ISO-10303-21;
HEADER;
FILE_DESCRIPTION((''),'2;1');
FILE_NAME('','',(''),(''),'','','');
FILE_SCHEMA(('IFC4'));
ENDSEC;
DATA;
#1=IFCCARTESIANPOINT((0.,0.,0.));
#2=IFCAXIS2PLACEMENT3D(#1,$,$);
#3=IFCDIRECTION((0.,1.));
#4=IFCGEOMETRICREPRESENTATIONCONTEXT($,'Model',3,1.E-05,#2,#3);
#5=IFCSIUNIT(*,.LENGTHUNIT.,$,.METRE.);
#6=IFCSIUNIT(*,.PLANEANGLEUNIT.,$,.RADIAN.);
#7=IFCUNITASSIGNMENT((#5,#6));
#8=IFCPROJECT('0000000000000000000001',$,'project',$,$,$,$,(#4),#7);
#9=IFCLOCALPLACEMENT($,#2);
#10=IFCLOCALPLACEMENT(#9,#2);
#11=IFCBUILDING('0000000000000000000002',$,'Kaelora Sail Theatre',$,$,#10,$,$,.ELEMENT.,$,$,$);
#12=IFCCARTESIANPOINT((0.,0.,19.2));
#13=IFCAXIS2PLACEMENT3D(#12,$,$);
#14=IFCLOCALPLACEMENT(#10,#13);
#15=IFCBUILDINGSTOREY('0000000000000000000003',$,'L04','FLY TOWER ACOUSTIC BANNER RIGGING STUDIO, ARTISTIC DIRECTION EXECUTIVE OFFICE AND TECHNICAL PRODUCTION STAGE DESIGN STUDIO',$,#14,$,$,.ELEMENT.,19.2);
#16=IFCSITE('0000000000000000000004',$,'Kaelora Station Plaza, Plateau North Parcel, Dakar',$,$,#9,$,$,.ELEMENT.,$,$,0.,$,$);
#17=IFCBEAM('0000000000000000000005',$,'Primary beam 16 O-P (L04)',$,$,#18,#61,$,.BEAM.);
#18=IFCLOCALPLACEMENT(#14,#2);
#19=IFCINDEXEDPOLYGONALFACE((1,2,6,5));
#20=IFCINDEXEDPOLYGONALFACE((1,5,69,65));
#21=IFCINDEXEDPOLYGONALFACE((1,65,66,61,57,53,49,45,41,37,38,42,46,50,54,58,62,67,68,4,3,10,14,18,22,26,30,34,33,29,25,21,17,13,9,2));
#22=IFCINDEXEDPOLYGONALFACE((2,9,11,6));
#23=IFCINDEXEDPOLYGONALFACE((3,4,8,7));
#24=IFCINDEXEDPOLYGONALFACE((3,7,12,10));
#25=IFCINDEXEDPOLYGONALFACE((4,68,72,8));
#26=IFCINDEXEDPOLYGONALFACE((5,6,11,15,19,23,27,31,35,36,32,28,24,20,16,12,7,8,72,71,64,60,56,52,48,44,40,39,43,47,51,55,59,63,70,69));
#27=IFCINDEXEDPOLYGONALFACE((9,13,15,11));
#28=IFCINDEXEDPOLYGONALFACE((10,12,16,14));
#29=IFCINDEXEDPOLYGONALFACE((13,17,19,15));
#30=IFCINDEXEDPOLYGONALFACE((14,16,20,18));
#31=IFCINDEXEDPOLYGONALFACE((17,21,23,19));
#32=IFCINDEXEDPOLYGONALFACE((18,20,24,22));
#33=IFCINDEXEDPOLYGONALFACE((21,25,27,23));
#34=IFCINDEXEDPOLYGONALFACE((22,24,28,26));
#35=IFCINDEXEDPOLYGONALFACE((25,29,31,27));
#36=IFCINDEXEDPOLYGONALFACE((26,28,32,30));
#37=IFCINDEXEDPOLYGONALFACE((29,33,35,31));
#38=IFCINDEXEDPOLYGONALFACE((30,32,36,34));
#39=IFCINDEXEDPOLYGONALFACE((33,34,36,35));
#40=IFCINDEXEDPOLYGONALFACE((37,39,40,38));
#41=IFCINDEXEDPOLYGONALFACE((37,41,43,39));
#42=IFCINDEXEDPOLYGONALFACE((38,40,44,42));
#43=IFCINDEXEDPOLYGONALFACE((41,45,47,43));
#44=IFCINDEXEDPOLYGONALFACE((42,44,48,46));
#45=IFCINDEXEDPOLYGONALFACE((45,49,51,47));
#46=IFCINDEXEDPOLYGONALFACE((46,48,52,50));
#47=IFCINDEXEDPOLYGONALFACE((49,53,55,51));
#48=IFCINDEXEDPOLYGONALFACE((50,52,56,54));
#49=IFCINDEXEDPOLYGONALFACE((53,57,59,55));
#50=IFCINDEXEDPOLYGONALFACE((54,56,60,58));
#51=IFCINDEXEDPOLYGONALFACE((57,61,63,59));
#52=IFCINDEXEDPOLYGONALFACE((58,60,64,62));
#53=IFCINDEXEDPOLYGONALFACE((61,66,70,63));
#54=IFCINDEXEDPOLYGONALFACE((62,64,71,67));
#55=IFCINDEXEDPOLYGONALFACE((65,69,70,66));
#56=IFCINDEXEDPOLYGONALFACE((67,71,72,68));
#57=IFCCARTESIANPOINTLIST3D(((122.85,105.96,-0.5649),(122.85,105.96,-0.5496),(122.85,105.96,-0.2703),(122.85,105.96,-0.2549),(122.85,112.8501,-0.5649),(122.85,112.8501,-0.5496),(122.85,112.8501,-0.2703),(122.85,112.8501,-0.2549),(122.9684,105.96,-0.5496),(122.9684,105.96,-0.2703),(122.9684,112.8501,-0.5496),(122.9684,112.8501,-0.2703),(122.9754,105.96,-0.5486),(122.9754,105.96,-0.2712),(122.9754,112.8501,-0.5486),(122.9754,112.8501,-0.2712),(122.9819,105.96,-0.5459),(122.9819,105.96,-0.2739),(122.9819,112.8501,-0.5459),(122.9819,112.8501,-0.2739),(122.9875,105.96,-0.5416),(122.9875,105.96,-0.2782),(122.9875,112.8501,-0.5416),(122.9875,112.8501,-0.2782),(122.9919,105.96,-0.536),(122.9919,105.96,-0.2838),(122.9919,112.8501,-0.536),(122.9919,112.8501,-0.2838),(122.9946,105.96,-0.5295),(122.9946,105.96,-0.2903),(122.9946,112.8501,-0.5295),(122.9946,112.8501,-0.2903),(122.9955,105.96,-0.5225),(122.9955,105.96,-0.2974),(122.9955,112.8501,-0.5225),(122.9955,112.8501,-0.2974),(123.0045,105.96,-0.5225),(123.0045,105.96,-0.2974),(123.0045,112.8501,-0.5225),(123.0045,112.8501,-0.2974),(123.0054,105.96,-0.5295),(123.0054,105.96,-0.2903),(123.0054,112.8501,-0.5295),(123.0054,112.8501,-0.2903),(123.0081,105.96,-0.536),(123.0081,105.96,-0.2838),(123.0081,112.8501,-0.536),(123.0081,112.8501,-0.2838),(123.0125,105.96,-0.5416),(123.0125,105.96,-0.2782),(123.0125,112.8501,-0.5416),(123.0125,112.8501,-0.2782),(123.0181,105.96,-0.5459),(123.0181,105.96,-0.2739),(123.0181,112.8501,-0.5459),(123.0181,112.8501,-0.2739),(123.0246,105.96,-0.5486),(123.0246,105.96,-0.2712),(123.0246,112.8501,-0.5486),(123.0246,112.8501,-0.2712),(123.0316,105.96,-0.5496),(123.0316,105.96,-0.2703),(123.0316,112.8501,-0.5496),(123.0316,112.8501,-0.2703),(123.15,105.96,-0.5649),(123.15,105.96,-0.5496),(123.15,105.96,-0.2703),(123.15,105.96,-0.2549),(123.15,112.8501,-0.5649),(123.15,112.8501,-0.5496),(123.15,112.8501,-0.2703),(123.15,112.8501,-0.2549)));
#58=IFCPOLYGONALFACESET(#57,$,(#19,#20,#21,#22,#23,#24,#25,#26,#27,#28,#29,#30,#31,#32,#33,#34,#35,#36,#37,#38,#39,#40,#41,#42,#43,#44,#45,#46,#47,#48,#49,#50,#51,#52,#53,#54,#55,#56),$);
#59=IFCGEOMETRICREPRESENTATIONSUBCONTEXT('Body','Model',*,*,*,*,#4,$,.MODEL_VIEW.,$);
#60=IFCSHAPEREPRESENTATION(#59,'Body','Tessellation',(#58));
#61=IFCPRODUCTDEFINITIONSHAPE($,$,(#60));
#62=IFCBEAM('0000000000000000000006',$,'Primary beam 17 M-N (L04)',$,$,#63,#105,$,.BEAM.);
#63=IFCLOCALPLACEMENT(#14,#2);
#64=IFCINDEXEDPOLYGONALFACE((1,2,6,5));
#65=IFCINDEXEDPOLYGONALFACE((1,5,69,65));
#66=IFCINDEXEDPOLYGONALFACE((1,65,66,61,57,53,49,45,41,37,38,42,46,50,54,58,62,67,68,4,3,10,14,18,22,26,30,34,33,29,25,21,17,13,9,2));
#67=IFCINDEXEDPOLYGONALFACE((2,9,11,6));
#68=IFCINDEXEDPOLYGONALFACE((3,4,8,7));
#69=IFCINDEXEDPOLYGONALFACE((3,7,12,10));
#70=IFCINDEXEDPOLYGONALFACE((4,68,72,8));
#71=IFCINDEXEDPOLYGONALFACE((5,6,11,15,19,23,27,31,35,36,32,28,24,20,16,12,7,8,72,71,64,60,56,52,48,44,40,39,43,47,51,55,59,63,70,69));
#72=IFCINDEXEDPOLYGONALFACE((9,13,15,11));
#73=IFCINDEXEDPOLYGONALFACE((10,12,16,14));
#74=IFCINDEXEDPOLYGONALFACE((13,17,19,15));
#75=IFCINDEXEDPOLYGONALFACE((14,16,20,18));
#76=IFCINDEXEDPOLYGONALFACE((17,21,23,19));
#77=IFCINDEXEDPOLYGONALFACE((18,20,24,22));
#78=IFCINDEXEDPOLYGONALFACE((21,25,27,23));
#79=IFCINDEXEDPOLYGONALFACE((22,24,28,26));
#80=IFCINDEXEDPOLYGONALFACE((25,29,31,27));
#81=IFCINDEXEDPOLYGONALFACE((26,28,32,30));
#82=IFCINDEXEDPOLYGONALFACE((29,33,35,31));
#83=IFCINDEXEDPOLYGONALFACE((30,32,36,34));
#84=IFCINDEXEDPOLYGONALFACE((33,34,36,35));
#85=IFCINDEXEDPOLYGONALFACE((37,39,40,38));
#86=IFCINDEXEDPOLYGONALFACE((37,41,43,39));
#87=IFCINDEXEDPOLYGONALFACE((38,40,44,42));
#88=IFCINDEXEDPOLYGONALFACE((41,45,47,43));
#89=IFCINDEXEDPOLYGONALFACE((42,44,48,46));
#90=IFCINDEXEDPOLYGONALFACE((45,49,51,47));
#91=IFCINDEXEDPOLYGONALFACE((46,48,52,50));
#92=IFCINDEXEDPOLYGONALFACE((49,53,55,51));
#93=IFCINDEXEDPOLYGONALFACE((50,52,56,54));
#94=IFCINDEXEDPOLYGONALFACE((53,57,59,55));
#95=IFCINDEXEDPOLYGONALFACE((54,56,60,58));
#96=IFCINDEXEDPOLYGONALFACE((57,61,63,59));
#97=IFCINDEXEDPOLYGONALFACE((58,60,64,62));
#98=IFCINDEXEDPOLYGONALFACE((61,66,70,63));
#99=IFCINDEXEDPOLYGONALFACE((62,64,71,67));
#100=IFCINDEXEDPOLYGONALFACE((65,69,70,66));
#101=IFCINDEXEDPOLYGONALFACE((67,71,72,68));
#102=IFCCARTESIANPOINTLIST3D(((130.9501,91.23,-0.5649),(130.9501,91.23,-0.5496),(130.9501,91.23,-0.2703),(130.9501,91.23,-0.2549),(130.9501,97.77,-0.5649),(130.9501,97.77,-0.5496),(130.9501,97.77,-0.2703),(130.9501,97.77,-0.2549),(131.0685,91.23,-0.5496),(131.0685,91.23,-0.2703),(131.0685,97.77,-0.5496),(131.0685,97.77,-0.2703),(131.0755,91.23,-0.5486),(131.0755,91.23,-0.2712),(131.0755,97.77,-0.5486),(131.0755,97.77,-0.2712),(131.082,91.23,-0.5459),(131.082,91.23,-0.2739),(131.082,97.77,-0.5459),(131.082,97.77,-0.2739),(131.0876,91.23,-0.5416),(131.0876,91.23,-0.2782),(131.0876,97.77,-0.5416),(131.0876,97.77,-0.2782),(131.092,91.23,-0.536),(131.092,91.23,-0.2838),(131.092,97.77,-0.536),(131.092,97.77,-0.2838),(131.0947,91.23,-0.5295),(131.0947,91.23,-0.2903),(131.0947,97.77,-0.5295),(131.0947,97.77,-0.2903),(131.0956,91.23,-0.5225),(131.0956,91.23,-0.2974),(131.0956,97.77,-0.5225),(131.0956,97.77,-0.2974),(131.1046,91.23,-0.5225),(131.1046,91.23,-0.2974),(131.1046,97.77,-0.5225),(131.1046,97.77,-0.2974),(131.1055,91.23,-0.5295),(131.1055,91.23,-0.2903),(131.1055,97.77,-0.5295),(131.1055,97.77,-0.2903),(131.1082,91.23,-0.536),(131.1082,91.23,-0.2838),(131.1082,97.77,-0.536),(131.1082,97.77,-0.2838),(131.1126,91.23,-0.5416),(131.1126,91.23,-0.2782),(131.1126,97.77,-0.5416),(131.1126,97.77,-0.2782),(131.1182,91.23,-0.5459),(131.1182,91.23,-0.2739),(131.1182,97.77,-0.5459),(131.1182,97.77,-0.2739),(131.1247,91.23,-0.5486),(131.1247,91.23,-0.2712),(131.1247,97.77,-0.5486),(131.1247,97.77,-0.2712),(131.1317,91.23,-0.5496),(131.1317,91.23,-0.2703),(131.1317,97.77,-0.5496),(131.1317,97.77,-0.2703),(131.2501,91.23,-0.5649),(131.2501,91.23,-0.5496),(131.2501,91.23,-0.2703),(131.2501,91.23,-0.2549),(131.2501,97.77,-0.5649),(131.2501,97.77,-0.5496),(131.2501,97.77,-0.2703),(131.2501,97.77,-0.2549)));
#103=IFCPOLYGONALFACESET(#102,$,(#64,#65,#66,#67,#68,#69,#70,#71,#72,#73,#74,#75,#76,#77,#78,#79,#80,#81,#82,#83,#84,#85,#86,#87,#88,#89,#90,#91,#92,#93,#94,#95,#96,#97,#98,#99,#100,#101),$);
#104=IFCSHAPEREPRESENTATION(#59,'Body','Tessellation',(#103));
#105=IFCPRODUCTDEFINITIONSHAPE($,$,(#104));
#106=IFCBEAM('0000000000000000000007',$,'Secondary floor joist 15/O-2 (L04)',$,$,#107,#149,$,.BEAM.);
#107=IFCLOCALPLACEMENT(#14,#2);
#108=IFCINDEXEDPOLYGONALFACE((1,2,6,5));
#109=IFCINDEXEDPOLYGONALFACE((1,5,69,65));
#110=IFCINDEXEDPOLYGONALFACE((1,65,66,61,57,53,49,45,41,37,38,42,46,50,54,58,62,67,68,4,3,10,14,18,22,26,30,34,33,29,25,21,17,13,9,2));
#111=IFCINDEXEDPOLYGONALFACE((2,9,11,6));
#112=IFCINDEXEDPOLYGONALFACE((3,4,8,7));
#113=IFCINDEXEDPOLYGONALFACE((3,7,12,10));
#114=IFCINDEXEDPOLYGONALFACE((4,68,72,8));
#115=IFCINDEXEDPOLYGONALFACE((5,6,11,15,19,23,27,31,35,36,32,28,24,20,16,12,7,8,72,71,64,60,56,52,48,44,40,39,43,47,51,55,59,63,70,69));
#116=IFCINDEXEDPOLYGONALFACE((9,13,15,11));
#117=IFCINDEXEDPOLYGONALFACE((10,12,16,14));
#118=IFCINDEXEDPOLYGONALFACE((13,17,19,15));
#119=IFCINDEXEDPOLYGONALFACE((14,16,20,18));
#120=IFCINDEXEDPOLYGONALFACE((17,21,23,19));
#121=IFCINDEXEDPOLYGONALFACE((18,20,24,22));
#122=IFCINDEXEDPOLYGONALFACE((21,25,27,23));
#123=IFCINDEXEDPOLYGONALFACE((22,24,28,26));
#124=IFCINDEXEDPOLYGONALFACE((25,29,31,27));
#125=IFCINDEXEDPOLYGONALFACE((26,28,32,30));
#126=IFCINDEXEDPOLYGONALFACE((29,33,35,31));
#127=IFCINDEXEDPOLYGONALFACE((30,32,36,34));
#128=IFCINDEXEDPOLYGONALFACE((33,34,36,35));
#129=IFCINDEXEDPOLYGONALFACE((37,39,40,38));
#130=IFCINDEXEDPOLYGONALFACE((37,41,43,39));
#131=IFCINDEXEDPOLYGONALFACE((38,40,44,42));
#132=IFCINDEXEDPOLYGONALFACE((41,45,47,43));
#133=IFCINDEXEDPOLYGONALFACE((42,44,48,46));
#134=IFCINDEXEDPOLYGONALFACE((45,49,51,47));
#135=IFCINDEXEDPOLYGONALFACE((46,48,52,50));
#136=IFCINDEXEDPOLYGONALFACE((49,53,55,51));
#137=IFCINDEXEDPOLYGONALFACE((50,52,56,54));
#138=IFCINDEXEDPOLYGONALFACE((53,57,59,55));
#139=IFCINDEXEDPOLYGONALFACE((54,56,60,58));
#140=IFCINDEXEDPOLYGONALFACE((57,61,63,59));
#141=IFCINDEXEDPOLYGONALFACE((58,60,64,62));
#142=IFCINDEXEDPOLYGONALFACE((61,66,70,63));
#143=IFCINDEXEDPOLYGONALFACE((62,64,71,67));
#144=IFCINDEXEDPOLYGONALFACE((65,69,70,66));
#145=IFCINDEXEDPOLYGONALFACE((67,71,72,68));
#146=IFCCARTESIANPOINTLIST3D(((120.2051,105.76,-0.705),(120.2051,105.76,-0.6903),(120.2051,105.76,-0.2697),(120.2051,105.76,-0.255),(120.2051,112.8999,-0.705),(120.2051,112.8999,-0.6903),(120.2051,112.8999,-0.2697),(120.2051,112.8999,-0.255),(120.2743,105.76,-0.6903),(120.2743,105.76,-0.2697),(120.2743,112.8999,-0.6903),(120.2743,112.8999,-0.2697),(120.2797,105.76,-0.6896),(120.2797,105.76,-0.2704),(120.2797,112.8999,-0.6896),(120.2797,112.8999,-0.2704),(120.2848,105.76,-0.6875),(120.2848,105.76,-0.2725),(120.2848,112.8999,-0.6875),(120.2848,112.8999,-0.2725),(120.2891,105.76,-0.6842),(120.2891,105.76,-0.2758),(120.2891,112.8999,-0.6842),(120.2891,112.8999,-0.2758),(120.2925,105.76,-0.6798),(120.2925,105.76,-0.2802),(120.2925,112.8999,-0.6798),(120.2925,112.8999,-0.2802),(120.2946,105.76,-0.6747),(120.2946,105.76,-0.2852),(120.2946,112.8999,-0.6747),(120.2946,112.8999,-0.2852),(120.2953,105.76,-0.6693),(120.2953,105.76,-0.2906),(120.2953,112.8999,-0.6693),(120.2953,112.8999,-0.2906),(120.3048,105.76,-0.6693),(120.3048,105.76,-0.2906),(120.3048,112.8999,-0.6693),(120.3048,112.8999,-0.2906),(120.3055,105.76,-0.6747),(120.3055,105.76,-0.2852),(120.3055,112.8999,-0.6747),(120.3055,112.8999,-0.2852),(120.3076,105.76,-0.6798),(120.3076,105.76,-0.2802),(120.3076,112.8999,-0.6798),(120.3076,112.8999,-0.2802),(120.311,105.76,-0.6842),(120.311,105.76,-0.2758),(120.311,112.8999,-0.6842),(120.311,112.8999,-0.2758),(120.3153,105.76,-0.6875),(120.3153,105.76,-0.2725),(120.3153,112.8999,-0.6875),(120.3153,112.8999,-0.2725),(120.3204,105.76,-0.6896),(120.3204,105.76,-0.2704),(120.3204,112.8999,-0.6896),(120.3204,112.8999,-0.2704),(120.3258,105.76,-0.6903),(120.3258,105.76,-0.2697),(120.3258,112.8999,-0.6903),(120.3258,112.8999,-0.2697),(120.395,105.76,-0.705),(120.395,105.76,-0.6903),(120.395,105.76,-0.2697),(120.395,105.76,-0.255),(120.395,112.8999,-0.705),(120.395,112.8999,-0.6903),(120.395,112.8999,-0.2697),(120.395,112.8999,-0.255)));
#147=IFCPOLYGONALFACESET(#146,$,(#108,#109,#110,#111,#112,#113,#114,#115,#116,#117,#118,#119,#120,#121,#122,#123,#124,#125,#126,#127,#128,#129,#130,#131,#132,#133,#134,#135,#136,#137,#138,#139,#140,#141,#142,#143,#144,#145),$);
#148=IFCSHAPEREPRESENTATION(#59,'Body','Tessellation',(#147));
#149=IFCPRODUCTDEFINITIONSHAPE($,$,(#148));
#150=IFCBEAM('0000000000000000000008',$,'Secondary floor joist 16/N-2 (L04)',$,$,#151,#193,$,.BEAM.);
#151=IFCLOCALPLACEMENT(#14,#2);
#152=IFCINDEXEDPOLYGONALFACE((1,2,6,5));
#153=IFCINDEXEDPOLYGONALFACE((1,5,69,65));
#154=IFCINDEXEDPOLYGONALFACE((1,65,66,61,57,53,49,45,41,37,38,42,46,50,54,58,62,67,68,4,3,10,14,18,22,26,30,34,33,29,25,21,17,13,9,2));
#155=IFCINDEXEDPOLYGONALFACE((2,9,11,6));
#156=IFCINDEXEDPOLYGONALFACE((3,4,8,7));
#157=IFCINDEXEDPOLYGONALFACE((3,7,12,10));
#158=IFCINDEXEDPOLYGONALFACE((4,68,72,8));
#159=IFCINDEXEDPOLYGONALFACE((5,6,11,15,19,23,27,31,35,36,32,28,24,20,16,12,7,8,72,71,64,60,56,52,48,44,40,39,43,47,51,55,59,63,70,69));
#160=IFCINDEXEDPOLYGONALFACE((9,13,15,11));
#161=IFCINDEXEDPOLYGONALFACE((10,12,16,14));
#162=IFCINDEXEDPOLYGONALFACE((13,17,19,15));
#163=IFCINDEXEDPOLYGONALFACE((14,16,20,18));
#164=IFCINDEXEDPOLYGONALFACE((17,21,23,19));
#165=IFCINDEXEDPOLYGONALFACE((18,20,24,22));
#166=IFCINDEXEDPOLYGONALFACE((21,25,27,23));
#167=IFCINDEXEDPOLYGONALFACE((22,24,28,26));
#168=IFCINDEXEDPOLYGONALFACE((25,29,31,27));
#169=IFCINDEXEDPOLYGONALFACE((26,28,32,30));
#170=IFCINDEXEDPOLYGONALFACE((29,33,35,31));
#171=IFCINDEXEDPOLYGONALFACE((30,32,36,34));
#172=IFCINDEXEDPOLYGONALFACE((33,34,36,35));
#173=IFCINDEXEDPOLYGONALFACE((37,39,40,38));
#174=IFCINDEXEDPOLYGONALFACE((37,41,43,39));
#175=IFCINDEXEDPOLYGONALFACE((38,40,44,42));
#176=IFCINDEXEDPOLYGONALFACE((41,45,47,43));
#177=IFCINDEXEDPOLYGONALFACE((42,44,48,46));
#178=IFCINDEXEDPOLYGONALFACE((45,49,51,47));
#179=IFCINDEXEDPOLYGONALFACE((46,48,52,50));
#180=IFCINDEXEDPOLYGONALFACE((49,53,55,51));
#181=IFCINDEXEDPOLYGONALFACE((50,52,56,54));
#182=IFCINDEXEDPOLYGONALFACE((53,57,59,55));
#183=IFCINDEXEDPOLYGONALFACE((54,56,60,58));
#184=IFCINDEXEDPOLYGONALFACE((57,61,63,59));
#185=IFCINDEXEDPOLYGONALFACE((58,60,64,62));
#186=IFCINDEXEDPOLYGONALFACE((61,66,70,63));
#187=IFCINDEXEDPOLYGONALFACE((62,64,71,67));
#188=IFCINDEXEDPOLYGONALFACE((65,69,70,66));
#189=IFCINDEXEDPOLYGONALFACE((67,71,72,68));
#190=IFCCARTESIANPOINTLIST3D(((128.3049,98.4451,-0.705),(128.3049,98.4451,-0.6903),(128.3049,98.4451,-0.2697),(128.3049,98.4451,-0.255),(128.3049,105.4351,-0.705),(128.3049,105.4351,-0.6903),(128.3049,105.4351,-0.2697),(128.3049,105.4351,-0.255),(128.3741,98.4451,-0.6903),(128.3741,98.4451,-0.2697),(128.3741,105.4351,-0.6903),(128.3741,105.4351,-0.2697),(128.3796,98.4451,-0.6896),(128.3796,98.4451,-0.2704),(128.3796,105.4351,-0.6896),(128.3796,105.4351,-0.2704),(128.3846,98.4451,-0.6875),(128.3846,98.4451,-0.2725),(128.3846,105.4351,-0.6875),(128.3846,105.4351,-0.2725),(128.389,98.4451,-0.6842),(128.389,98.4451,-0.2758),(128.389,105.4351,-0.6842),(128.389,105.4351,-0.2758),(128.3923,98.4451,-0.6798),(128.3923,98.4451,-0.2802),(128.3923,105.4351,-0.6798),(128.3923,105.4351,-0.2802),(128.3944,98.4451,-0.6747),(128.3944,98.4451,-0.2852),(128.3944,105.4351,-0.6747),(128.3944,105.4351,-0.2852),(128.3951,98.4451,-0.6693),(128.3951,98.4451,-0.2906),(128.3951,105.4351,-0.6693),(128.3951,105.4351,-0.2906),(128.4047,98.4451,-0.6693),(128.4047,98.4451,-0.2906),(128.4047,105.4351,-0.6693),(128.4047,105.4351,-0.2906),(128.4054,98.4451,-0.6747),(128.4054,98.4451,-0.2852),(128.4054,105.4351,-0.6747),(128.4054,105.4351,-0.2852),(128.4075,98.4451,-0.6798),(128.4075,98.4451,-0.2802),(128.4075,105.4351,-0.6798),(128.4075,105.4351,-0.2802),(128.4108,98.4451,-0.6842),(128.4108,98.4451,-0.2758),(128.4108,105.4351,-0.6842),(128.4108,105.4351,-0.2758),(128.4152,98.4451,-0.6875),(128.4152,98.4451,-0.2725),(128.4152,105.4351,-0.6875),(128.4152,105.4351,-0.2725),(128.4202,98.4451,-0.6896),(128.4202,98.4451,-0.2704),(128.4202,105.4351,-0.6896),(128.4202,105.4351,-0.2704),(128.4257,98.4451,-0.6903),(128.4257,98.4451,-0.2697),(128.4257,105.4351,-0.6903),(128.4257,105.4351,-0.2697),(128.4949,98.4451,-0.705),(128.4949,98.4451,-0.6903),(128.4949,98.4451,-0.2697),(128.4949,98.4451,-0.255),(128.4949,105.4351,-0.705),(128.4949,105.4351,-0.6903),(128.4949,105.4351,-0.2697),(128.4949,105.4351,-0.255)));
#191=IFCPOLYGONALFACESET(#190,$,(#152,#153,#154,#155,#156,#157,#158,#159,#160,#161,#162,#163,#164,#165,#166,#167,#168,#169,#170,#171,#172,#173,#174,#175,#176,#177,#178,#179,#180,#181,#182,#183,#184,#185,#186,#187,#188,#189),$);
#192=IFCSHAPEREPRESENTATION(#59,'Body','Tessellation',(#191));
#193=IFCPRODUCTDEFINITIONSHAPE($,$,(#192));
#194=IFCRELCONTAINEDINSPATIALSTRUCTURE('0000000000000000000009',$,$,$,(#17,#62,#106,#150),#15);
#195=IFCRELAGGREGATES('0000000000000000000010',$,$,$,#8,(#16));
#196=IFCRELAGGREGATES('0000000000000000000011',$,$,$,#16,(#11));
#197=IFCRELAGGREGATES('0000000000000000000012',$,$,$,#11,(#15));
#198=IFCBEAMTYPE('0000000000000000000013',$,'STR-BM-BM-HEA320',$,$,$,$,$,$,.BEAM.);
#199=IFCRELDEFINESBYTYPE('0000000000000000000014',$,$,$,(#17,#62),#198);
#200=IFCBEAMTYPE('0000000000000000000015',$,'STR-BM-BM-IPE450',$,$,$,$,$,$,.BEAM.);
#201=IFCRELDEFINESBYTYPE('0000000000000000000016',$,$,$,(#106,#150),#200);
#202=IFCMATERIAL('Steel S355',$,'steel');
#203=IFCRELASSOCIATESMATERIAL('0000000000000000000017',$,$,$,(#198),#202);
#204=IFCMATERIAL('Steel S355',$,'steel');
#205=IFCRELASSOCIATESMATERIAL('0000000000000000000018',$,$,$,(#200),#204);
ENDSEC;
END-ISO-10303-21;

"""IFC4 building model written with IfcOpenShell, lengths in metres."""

from ifc_helpers import new_model, si_unit, direction, frame, origin, origin_2d, place, context, subcontext, project, spatial, i_section, extrude, material, material_profile, profile_set, type_object, element, save


model = new_model("IFC4")

# Units and contexts
model_context = context("Model", 3, precision=1e-05, world=origin(), true_north=direction((0.0, 1.0)))
body_context = subcontext(model_context, "Body", "Model", "MODEL_VIEW")
ifc_project = project(units=[si_unit("LENGTHUNIT", "METRE"), si_unit("PLANEANGLEUNIT", "RADIAN")], contexts=[model_context])

# Site, building, storey
site_placement = place(None, origin())
site = spatial("IfcSite", under=ifc_project, at=site_placement, Name="Kaelora Station Plaza, Plateau North Parcel, Dakar", CompositionType="ELEMENT", RefElevation=0.0)
building_placement = place(site_placement, origin())
building = spatial("IfcBuilding", under=site, at=building_placement, Name="Kaelora Sail Theatre", CompositionType="ELEMENT")
storey_placement = place(building_placement, frame((0.0, 0.0, 19.2)))
storey = spatial("IfcBuildingStorey", under=building, at=storey_placement, Name="L04", Description="FLY TOWER ACOUSTIC BANNER RIGGING STUDIO, ARTISTIC DIRECTION EXECUTIVE OFFICE AND TECHNICAL PRODUCTION STAGE DESIGN STUDIO", CompositionType="ELEMENT", Elevation=19.2)

# Beams
ifc_material_1 = material(Name="Steel S355", Category="steel")
ifc_material_profile_1 = material_profile(ifc_material_1, i_section(OverallWidth=0.3, OverallDepth=0.3101, WebThickness=0.009, FlangeThickness=0.0154, FilletRadius=0.0271, at=origin_2d()), Name="HEA 320")
ifc_profile_set_1 = profile_set([ifc_material_profile_1], Name="Steel S355")
beam_type_1 = type_object("IfcBeamType", Name="STR-BM-BM-HEA320", PredefinedType="BEAM", material=ifc_profile_set_1)
beam_1_placement = place(storey_placement, frame((123.0, 105.96, -0.4099), z_axis=(0.0, 1.0, 0.0), x_axis=(-1.0, 0.0, 0.0)))
element("IfcBeam", 1, at=beam_1_placement, inside=storey, type_object=beam_type_1, Name="Primary beam 16 O-P (L04)", PredefinedType="BEAM", context=body_context, shape_type="SweptSolid", body=[
    extrude(i_section(OverallWidth=0.3, OverallDepth=0.3101, WebThickness=0.009, FlangeThickness=0.0154, FilletRadius=0.0271, at=origin_2d()), origin(), (0.0, 0.0, 1.0), 6.8901),
])
beam_2_placement = place(storey_placement, frame((131.1001, 91.23, -0.4099), z_axis=(0.0, 1.0, 0.0), x_axis=(-1.0, 0.0, 0.0)))
element("IfcBeam", 2, at=beam_2_placement, inside=storey, type_object=beam_type_1, Name="Primary beam 17 M-N (L04)", PredefinedType="BEAM", context=body_context, shape_type="SweptSolid", body=[
    extrude(i_section(OverallWidth=0.3, OverallDepth=0.3101, WebThickness=0.009, FlangeThickness=0.0154, FilletRadius=0.0271, at=origin_2d()), origin(), (0.0, 0.0, 1.0), 6.54),
])
ifc_material_2 = material(Name="Steel S355", Category="steel")
ifc_material_profile_2 = material_profile(ifc_material_2, i_section(OverallWidth=0.1899, OverallDepth=0.45, WebThickness=0.0095, FlangeThickness=0.0146, FilletRadius=0.021, at=origin_2d()), Name="IPE 450")
ifc_profile_set_2 = profile_set([ifc_material_profile_2], Name="Steel S355")
beam_type_2 = type_object("IfcBeamType", Name="STR-BM-BM-IPE450", PredefinedType="BEAM", material=ifc_profile_set_2)
beam_3_placement = place(storey_placement, frame((120.3, 105.76, -0.48), z_axis=(0.0, 1.0, 0.0), x_axis=(-1.0, 0.0, 0.0)))
element("IfcBeam", 3, at=beam_3_placement, inside=storey, type_object=beam_type_2, Name="Secondary floor joist 15/O-2 (L04)", PredefinedType="BEAM", context=body_context, shape_type="SweptSolid", body=[
    extrude(i_section(OverallWidth=0.1899, OverallDepth=0.45, WebThickness=0.0095, FlangeThickness=0.0146, FilletRadius=0.021, at=origin_2d()), origin(), (0.0, 0.0, 1.0), 7.1399),
])
beam_4_placement = place(storey_placement, frame((128.3999, 98.4451, -0.48), z_axis=(0.0, 1.0, 0.0), x_axis=(-1.0, 0.0, 0.0)))
element("IfcBeam", 4, at=beam_4_placement, inside=storey, type_object=beam_type_2, Name="Secondary floor joist 16/N-2 (L04)", PredefinedType="BEAM", context=body_context, shape_type="SweptSolid", body=[
    extrude(i_section(OverallWidth=0.1899, OverallDepth=0.45, WebThickness=0.0095, FlangeThickness=0.0146, FilletRadius=0.021, at=origin_2d()), origin(), (0.0, 0.0, 1.0), 6.99),
])

save(model, "model.ifc")
